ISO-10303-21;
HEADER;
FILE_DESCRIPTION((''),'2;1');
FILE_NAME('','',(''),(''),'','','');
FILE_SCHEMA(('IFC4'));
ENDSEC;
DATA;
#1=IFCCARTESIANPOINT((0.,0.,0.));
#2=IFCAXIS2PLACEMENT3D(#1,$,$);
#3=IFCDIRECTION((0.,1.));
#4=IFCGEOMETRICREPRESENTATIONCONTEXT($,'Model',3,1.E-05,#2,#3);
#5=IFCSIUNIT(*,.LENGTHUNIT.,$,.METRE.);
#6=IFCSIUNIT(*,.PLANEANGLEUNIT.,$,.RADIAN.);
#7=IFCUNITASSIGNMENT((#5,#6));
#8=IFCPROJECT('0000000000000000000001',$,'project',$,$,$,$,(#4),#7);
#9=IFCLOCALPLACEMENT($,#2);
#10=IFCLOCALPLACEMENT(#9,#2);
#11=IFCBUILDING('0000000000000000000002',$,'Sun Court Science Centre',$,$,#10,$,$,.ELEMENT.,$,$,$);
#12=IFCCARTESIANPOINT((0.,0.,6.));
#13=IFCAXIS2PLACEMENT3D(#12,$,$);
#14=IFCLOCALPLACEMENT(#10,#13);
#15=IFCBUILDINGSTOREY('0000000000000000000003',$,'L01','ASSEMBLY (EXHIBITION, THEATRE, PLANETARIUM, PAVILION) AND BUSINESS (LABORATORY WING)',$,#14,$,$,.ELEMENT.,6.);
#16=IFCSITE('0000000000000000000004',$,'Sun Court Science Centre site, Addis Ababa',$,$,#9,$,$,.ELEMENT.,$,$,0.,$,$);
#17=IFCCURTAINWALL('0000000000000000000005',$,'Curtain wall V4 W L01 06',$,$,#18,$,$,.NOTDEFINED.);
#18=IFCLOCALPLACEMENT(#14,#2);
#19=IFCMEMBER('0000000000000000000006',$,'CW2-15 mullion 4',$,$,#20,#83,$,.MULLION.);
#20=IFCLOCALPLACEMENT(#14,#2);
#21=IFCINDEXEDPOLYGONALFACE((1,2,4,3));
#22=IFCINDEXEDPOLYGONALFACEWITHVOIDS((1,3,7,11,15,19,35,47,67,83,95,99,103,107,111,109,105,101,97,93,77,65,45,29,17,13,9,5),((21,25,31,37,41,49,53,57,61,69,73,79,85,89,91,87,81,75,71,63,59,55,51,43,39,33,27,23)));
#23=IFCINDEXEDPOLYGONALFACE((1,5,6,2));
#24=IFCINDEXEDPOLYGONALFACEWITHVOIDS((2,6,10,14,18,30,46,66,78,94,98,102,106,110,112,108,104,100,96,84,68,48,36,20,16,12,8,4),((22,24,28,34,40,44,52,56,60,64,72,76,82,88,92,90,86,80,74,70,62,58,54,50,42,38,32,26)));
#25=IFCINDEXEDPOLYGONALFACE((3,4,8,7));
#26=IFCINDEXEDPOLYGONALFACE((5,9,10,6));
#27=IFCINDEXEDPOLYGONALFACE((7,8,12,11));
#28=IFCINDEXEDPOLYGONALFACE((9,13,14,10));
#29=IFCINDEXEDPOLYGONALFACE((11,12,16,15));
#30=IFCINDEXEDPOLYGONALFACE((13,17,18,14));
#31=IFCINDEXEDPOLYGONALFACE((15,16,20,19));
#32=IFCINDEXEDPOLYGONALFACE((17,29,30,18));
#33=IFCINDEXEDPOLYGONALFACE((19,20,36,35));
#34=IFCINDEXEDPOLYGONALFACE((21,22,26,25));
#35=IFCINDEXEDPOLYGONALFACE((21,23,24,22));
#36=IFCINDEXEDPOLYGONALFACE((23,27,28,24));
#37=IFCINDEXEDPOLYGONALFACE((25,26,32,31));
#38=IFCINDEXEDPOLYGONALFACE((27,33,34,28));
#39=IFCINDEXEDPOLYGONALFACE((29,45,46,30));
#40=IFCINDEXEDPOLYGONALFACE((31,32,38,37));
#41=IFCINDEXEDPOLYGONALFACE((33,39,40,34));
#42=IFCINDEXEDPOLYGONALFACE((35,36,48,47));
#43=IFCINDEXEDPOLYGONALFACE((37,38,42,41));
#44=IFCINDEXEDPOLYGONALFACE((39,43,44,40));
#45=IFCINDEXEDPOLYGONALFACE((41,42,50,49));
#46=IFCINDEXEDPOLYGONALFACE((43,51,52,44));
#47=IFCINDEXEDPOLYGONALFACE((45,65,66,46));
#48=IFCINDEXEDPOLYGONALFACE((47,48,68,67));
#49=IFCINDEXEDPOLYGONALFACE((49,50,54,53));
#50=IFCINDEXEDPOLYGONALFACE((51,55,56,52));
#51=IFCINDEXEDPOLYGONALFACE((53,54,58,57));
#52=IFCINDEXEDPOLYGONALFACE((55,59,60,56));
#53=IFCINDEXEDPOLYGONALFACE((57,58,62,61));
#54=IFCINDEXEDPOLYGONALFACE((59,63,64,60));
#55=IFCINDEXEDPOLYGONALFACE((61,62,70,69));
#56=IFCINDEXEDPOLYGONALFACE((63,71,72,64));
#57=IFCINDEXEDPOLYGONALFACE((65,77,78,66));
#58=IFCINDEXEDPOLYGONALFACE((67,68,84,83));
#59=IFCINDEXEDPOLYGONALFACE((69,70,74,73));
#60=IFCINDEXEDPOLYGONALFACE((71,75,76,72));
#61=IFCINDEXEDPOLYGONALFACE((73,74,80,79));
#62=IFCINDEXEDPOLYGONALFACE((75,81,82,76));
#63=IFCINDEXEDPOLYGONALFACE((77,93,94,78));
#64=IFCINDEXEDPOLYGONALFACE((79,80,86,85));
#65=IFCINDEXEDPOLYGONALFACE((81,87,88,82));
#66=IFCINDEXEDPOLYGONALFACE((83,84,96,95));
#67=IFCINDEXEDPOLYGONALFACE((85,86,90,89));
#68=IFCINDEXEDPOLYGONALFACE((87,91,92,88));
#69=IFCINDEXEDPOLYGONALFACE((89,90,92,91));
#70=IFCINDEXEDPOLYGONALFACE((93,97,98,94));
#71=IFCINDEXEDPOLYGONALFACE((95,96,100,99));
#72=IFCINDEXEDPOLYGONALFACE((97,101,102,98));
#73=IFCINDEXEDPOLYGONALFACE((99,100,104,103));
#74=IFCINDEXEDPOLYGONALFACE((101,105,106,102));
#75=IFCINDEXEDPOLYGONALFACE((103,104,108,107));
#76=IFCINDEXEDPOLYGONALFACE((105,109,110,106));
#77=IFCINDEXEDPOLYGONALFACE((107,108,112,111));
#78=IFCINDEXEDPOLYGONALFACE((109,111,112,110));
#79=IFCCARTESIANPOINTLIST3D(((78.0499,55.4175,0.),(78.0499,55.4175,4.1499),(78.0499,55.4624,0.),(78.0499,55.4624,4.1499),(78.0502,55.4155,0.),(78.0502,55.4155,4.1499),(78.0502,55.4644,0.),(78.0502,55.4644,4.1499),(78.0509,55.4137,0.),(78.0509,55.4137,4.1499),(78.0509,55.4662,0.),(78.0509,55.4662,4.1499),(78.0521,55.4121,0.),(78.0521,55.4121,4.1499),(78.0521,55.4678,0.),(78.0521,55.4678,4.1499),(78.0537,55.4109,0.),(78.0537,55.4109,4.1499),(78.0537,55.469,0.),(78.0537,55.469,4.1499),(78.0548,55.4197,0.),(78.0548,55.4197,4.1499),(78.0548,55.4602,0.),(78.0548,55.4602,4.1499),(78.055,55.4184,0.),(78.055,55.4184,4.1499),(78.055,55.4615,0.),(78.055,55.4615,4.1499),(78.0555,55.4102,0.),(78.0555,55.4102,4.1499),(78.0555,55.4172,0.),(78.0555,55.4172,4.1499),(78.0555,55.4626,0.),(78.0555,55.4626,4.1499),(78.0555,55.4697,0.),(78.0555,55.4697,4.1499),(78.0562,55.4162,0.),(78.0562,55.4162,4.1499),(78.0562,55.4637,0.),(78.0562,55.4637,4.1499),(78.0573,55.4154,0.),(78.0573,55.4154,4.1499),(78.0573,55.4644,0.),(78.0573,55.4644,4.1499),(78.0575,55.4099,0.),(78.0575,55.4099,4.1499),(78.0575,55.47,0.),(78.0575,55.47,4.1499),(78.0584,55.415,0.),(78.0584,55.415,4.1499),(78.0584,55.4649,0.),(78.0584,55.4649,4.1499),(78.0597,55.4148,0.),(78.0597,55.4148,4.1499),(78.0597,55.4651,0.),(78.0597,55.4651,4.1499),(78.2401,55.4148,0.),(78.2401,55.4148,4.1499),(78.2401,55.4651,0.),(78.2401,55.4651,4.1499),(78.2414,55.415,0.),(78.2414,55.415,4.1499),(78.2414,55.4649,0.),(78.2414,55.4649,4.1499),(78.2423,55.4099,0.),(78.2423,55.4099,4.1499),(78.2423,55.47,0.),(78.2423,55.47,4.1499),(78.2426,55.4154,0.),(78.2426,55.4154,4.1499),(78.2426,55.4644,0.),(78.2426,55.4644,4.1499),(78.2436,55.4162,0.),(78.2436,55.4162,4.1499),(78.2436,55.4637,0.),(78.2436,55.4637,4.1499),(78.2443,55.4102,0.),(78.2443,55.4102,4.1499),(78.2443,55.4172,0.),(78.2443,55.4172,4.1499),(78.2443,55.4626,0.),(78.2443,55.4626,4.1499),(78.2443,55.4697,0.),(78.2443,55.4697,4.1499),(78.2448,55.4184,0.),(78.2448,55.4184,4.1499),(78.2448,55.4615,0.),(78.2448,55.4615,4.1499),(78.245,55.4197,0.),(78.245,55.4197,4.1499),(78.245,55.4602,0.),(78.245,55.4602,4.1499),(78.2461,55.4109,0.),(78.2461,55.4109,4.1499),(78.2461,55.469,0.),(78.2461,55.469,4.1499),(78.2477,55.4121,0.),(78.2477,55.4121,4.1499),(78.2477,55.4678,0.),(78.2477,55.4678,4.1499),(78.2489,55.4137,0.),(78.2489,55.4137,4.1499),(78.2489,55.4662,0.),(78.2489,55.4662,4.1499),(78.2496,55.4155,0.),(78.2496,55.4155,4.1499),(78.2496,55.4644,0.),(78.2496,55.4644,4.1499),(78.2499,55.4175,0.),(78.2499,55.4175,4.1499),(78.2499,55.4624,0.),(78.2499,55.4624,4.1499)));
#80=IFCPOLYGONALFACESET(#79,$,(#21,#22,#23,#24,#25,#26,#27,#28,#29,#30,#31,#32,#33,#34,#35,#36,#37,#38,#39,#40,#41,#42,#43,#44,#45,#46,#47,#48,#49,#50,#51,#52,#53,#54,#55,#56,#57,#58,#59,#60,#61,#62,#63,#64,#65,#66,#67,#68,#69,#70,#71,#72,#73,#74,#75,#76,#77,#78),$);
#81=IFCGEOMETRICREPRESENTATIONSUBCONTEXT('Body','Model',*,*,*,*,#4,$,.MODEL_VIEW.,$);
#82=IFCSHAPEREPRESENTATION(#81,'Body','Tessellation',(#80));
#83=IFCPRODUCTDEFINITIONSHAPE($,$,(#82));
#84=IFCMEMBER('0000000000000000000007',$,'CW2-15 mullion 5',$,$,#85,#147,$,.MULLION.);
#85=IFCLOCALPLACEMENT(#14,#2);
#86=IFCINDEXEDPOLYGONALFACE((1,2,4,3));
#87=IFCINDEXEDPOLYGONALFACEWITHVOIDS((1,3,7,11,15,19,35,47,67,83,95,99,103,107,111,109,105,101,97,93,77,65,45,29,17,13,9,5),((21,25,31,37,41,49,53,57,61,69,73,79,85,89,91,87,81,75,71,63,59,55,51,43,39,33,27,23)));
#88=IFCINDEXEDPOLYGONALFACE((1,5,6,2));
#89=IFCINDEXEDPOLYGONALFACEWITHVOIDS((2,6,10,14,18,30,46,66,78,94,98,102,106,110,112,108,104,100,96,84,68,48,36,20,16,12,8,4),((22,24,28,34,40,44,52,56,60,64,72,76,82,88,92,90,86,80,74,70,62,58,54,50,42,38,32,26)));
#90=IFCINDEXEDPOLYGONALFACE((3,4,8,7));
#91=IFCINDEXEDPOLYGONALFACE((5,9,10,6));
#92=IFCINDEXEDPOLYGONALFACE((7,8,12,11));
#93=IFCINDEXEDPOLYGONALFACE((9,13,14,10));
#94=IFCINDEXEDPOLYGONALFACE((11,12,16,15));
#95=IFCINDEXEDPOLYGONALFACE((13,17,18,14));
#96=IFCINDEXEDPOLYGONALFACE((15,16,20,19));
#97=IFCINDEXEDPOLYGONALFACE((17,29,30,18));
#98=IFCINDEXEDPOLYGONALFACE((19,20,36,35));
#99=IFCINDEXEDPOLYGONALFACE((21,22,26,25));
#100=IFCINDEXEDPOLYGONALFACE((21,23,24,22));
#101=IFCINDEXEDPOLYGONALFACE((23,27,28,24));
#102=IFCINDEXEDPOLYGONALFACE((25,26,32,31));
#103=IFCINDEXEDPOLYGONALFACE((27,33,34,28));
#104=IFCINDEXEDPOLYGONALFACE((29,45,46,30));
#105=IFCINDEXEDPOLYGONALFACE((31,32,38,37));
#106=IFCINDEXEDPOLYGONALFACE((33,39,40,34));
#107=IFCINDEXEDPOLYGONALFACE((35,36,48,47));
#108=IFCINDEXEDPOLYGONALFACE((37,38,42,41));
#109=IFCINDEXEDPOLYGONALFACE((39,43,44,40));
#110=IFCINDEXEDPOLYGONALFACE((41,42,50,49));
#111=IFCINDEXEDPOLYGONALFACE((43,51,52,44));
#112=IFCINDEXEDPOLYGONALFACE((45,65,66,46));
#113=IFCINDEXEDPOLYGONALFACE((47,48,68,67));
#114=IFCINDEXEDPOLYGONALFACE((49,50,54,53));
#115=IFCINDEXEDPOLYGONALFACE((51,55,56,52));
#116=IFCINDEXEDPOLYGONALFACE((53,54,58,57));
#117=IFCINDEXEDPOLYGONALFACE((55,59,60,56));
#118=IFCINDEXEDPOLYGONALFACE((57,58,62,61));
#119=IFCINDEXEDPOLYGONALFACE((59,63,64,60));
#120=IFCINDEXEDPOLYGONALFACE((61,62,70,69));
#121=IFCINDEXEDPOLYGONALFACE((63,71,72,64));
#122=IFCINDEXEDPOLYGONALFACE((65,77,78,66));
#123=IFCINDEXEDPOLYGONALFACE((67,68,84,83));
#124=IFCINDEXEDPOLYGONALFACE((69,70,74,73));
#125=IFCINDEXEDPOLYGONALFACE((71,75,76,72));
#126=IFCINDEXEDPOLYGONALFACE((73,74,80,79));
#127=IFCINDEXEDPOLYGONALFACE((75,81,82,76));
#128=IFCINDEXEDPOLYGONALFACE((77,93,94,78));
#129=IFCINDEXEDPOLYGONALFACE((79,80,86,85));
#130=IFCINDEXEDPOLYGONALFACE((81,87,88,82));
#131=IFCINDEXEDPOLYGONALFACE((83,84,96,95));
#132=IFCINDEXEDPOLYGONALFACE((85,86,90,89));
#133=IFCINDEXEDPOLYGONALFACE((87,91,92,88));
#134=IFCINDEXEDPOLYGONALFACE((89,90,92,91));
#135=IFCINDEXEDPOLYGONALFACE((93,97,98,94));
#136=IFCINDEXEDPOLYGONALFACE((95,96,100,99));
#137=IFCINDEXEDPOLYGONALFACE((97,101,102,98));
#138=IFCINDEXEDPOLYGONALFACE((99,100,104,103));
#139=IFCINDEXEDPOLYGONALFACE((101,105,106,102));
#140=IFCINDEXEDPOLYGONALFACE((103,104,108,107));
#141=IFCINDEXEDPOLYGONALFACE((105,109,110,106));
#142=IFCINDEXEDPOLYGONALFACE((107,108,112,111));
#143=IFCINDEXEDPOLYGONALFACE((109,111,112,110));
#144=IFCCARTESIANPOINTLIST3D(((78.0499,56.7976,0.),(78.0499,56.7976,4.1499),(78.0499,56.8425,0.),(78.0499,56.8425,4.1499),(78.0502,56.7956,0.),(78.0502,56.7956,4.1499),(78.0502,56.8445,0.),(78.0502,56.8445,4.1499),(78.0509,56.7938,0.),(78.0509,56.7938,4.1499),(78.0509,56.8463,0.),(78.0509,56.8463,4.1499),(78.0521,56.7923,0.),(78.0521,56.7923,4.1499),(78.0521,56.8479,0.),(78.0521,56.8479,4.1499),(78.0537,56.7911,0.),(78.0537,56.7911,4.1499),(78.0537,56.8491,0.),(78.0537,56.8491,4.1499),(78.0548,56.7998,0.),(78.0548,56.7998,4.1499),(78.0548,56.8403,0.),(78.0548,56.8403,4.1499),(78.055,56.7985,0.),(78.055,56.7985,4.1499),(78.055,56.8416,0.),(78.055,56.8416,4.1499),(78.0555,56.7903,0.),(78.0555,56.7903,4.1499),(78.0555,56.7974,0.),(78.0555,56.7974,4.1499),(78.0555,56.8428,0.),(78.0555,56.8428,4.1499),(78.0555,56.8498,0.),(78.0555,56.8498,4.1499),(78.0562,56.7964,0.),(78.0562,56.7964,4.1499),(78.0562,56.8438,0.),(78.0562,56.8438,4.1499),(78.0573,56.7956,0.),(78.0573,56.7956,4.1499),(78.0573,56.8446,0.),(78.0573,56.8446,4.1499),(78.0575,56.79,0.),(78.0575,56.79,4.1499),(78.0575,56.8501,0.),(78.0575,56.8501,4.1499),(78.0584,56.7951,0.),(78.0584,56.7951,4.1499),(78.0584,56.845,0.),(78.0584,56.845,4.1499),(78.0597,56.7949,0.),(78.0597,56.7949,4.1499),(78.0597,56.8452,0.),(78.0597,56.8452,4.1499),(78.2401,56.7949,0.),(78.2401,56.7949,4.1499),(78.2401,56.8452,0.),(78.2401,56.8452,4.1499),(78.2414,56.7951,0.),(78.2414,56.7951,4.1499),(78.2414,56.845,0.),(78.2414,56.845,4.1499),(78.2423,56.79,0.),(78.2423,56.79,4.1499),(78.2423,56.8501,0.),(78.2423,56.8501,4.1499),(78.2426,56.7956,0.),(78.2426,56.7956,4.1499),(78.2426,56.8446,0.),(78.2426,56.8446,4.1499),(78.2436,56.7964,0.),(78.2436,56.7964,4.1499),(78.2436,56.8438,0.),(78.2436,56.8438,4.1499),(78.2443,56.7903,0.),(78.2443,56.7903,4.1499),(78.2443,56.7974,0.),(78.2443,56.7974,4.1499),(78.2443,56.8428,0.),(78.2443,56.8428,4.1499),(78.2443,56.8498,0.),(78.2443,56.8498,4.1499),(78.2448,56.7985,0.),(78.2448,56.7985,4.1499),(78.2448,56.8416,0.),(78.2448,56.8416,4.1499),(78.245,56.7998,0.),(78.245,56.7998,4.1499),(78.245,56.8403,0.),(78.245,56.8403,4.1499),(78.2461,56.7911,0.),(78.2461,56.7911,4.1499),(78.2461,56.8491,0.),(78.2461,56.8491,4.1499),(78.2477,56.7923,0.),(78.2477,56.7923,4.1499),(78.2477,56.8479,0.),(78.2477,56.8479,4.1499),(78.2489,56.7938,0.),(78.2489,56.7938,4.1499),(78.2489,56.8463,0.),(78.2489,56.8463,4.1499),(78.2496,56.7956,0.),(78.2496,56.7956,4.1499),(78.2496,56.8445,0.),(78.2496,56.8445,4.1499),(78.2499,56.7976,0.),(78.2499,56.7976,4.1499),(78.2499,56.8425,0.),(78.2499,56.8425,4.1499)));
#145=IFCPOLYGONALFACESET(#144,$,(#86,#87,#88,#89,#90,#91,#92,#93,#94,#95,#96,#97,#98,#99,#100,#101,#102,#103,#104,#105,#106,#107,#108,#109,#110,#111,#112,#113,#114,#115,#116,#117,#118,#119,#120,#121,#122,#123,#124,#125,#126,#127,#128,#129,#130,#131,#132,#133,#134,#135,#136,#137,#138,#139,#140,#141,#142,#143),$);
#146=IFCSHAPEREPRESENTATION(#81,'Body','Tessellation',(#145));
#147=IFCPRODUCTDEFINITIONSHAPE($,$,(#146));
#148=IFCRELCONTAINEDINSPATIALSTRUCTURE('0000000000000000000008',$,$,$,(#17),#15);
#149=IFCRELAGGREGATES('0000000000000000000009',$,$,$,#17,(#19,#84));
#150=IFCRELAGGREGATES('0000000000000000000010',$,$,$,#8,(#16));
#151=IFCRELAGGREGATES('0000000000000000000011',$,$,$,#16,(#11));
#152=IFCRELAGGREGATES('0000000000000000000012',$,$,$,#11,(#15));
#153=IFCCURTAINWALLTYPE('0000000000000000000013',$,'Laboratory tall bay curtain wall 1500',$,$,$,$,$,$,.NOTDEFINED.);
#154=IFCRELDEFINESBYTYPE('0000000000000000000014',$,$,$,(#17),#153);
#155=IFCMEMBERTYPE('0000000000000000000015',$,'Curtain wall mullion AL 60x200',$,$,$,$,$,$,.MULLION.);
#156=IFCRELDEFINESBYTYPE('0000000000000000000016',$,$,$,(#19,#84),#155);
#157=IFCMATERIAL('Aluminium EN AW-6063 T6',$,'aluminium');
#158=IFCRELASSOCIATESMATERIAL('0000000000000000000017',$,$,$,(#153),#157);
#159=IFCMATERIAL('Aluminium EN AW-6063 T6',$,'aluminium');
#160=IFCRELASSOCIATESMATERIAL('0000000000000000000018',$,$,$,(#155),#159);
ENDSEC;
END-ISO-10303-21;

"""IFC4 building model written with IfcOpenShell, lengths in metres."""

from ifc_helpers import new_model, si_unit, direction, frame, origin, origin_2d, place, context, subcontext, project, spatial, hollow_rectangle, extrude, material, material_profile, profile_set, type_object, element, aggregate, save


model = new_model("IFC4")

# Units and contexts
model_context = context("Model", 3, precision=1e-05, world=origin(), true_north=direction((0.0, 1.0)))
body_context = subcontext(model_context, "Body", "Model", "MODEL_VIEW")
ifc_project = project(units=[si_unit("LENGTHUNIT", "METRE"), si_unit("PLANEANGLEUNIT", "RADIAN")], contexts=[model_context])

# Site, building, storey
site_placement = place(None, origin())
site = spatial("IfcSite", under=ifc_project, at=site_placement, Name="Sun Court Science Centre site, Addis Ababa", CompositionType="ELEMENT", RefElevation=0.0)
building_placement = place(site_placement, origin())
building = spatial("IfcBuilding", under=site, at=building_placement, Name="Sun Court Science Centre", CompositionType="ELEMENT")
storey_placement = place(building_placement, frame((0.0, 0.0, 6.0)))
storey = spatial("IfcBuildingStorey", under=building, at=storey_placement, Name="L01", Description="ASSEMBLY (EXHIBITION, THEATRE, PLANETARIUM, PAVILION) AND BUSINESS (LABORATORY WING)", CompositionType="ELEMENT", Elevation=6.0)

# Shared definitions
ifc_material_1 = material(Name="Aluminium EN AW-6063 T6", Category="aluminium")
curtain_wall_type = type_object("IfcCurtainWallType", Name="Laboratory tall bay curtain wall 1500", PredefinedType="NOTDEFINED", material=ifc_material_1)
ifc_material_2 = material(Name="Aluminium EN AW-6063 T6", Category="aluminium")
ifc_material_profile_1 = material_profile(ifc_material_2, hollow_rectangle(XDim=0.0601, YDim=0.2, WallThickness=0.0049, InnerFilletRadius=0.0049, OuterFilletRadius=0.0076, at=origin_2d()), Name="AL 60x200x5")
ifc_profile_set_1 = profile_set([ifc_material_profile_1], Name="Aluminium EN AW-6063 T6")
member_type_1 = type_object("IfcMemberType", Name="Curtain wall mullion AL 60x200", PredefinedType="MULLION", material=ifc_profile_set_1)

# Curtain wall, members
curtain_wall_1_placement = place(storey_placement, origin())
curtain_wall_1 = element("IfcCurtainWall", 1, at=curtain_wall_1_placement, inside=storey, type_object=curtain_wall_type, Name="Curtain wall V4 W L01 06", PredefinedType="NOTDEFINED")
member_1_placement = place(storey_placement, frame((78.1499, 55.4399, 0.0), z_axis=(0.0, 0.0, 1.0), x_axis=(0.0, 1.0, 0.0)))
member_1 = element("IfcMember", 2, at=member_1_placement, type_object=member_type_1, Name="CW2-15 mullion 4", PredefinedType="MULLION", context=body_context, shape_type="SweptSolid", body=[
    extrude(hollow_rectangle(XDim=0.0601, YDim=0.2, WallThickness=0.0049, InnerFilletRadius=0.0049, OuterFilletRadius=0.0076, at=origin_2d()), origin(), (0.0, 0.0, 1.0), 4.1499),
])
member_2_placement = place(storey_placement, frame((78.1499, 56.8201, 0.0), z_axis=(0.0, 0.0, 1.0), x_axis=(0.0, 1.0, 0.0)))
member_2 = element("IfcMember", 3, at=member_2_placement, type_object=member_type_1, Name="CW2-15 mullion 5", PredefinedType="MULLION", context=body_context, shape_type="SweptSolid", body=[
    extrude(hollow_rectangle(XDim=0.0601, YDim=0.2, WallThickness=0.0049, InnerFilletRadius=0.0049, OuterFilletRadius=0.0076, at=origin_2d()), origin(), (0.0, 0.0, 1.0), 4.1499),
])

aggregate(curtain_wall_1, [member_1, member_2])

save(model, "model.ifc")
